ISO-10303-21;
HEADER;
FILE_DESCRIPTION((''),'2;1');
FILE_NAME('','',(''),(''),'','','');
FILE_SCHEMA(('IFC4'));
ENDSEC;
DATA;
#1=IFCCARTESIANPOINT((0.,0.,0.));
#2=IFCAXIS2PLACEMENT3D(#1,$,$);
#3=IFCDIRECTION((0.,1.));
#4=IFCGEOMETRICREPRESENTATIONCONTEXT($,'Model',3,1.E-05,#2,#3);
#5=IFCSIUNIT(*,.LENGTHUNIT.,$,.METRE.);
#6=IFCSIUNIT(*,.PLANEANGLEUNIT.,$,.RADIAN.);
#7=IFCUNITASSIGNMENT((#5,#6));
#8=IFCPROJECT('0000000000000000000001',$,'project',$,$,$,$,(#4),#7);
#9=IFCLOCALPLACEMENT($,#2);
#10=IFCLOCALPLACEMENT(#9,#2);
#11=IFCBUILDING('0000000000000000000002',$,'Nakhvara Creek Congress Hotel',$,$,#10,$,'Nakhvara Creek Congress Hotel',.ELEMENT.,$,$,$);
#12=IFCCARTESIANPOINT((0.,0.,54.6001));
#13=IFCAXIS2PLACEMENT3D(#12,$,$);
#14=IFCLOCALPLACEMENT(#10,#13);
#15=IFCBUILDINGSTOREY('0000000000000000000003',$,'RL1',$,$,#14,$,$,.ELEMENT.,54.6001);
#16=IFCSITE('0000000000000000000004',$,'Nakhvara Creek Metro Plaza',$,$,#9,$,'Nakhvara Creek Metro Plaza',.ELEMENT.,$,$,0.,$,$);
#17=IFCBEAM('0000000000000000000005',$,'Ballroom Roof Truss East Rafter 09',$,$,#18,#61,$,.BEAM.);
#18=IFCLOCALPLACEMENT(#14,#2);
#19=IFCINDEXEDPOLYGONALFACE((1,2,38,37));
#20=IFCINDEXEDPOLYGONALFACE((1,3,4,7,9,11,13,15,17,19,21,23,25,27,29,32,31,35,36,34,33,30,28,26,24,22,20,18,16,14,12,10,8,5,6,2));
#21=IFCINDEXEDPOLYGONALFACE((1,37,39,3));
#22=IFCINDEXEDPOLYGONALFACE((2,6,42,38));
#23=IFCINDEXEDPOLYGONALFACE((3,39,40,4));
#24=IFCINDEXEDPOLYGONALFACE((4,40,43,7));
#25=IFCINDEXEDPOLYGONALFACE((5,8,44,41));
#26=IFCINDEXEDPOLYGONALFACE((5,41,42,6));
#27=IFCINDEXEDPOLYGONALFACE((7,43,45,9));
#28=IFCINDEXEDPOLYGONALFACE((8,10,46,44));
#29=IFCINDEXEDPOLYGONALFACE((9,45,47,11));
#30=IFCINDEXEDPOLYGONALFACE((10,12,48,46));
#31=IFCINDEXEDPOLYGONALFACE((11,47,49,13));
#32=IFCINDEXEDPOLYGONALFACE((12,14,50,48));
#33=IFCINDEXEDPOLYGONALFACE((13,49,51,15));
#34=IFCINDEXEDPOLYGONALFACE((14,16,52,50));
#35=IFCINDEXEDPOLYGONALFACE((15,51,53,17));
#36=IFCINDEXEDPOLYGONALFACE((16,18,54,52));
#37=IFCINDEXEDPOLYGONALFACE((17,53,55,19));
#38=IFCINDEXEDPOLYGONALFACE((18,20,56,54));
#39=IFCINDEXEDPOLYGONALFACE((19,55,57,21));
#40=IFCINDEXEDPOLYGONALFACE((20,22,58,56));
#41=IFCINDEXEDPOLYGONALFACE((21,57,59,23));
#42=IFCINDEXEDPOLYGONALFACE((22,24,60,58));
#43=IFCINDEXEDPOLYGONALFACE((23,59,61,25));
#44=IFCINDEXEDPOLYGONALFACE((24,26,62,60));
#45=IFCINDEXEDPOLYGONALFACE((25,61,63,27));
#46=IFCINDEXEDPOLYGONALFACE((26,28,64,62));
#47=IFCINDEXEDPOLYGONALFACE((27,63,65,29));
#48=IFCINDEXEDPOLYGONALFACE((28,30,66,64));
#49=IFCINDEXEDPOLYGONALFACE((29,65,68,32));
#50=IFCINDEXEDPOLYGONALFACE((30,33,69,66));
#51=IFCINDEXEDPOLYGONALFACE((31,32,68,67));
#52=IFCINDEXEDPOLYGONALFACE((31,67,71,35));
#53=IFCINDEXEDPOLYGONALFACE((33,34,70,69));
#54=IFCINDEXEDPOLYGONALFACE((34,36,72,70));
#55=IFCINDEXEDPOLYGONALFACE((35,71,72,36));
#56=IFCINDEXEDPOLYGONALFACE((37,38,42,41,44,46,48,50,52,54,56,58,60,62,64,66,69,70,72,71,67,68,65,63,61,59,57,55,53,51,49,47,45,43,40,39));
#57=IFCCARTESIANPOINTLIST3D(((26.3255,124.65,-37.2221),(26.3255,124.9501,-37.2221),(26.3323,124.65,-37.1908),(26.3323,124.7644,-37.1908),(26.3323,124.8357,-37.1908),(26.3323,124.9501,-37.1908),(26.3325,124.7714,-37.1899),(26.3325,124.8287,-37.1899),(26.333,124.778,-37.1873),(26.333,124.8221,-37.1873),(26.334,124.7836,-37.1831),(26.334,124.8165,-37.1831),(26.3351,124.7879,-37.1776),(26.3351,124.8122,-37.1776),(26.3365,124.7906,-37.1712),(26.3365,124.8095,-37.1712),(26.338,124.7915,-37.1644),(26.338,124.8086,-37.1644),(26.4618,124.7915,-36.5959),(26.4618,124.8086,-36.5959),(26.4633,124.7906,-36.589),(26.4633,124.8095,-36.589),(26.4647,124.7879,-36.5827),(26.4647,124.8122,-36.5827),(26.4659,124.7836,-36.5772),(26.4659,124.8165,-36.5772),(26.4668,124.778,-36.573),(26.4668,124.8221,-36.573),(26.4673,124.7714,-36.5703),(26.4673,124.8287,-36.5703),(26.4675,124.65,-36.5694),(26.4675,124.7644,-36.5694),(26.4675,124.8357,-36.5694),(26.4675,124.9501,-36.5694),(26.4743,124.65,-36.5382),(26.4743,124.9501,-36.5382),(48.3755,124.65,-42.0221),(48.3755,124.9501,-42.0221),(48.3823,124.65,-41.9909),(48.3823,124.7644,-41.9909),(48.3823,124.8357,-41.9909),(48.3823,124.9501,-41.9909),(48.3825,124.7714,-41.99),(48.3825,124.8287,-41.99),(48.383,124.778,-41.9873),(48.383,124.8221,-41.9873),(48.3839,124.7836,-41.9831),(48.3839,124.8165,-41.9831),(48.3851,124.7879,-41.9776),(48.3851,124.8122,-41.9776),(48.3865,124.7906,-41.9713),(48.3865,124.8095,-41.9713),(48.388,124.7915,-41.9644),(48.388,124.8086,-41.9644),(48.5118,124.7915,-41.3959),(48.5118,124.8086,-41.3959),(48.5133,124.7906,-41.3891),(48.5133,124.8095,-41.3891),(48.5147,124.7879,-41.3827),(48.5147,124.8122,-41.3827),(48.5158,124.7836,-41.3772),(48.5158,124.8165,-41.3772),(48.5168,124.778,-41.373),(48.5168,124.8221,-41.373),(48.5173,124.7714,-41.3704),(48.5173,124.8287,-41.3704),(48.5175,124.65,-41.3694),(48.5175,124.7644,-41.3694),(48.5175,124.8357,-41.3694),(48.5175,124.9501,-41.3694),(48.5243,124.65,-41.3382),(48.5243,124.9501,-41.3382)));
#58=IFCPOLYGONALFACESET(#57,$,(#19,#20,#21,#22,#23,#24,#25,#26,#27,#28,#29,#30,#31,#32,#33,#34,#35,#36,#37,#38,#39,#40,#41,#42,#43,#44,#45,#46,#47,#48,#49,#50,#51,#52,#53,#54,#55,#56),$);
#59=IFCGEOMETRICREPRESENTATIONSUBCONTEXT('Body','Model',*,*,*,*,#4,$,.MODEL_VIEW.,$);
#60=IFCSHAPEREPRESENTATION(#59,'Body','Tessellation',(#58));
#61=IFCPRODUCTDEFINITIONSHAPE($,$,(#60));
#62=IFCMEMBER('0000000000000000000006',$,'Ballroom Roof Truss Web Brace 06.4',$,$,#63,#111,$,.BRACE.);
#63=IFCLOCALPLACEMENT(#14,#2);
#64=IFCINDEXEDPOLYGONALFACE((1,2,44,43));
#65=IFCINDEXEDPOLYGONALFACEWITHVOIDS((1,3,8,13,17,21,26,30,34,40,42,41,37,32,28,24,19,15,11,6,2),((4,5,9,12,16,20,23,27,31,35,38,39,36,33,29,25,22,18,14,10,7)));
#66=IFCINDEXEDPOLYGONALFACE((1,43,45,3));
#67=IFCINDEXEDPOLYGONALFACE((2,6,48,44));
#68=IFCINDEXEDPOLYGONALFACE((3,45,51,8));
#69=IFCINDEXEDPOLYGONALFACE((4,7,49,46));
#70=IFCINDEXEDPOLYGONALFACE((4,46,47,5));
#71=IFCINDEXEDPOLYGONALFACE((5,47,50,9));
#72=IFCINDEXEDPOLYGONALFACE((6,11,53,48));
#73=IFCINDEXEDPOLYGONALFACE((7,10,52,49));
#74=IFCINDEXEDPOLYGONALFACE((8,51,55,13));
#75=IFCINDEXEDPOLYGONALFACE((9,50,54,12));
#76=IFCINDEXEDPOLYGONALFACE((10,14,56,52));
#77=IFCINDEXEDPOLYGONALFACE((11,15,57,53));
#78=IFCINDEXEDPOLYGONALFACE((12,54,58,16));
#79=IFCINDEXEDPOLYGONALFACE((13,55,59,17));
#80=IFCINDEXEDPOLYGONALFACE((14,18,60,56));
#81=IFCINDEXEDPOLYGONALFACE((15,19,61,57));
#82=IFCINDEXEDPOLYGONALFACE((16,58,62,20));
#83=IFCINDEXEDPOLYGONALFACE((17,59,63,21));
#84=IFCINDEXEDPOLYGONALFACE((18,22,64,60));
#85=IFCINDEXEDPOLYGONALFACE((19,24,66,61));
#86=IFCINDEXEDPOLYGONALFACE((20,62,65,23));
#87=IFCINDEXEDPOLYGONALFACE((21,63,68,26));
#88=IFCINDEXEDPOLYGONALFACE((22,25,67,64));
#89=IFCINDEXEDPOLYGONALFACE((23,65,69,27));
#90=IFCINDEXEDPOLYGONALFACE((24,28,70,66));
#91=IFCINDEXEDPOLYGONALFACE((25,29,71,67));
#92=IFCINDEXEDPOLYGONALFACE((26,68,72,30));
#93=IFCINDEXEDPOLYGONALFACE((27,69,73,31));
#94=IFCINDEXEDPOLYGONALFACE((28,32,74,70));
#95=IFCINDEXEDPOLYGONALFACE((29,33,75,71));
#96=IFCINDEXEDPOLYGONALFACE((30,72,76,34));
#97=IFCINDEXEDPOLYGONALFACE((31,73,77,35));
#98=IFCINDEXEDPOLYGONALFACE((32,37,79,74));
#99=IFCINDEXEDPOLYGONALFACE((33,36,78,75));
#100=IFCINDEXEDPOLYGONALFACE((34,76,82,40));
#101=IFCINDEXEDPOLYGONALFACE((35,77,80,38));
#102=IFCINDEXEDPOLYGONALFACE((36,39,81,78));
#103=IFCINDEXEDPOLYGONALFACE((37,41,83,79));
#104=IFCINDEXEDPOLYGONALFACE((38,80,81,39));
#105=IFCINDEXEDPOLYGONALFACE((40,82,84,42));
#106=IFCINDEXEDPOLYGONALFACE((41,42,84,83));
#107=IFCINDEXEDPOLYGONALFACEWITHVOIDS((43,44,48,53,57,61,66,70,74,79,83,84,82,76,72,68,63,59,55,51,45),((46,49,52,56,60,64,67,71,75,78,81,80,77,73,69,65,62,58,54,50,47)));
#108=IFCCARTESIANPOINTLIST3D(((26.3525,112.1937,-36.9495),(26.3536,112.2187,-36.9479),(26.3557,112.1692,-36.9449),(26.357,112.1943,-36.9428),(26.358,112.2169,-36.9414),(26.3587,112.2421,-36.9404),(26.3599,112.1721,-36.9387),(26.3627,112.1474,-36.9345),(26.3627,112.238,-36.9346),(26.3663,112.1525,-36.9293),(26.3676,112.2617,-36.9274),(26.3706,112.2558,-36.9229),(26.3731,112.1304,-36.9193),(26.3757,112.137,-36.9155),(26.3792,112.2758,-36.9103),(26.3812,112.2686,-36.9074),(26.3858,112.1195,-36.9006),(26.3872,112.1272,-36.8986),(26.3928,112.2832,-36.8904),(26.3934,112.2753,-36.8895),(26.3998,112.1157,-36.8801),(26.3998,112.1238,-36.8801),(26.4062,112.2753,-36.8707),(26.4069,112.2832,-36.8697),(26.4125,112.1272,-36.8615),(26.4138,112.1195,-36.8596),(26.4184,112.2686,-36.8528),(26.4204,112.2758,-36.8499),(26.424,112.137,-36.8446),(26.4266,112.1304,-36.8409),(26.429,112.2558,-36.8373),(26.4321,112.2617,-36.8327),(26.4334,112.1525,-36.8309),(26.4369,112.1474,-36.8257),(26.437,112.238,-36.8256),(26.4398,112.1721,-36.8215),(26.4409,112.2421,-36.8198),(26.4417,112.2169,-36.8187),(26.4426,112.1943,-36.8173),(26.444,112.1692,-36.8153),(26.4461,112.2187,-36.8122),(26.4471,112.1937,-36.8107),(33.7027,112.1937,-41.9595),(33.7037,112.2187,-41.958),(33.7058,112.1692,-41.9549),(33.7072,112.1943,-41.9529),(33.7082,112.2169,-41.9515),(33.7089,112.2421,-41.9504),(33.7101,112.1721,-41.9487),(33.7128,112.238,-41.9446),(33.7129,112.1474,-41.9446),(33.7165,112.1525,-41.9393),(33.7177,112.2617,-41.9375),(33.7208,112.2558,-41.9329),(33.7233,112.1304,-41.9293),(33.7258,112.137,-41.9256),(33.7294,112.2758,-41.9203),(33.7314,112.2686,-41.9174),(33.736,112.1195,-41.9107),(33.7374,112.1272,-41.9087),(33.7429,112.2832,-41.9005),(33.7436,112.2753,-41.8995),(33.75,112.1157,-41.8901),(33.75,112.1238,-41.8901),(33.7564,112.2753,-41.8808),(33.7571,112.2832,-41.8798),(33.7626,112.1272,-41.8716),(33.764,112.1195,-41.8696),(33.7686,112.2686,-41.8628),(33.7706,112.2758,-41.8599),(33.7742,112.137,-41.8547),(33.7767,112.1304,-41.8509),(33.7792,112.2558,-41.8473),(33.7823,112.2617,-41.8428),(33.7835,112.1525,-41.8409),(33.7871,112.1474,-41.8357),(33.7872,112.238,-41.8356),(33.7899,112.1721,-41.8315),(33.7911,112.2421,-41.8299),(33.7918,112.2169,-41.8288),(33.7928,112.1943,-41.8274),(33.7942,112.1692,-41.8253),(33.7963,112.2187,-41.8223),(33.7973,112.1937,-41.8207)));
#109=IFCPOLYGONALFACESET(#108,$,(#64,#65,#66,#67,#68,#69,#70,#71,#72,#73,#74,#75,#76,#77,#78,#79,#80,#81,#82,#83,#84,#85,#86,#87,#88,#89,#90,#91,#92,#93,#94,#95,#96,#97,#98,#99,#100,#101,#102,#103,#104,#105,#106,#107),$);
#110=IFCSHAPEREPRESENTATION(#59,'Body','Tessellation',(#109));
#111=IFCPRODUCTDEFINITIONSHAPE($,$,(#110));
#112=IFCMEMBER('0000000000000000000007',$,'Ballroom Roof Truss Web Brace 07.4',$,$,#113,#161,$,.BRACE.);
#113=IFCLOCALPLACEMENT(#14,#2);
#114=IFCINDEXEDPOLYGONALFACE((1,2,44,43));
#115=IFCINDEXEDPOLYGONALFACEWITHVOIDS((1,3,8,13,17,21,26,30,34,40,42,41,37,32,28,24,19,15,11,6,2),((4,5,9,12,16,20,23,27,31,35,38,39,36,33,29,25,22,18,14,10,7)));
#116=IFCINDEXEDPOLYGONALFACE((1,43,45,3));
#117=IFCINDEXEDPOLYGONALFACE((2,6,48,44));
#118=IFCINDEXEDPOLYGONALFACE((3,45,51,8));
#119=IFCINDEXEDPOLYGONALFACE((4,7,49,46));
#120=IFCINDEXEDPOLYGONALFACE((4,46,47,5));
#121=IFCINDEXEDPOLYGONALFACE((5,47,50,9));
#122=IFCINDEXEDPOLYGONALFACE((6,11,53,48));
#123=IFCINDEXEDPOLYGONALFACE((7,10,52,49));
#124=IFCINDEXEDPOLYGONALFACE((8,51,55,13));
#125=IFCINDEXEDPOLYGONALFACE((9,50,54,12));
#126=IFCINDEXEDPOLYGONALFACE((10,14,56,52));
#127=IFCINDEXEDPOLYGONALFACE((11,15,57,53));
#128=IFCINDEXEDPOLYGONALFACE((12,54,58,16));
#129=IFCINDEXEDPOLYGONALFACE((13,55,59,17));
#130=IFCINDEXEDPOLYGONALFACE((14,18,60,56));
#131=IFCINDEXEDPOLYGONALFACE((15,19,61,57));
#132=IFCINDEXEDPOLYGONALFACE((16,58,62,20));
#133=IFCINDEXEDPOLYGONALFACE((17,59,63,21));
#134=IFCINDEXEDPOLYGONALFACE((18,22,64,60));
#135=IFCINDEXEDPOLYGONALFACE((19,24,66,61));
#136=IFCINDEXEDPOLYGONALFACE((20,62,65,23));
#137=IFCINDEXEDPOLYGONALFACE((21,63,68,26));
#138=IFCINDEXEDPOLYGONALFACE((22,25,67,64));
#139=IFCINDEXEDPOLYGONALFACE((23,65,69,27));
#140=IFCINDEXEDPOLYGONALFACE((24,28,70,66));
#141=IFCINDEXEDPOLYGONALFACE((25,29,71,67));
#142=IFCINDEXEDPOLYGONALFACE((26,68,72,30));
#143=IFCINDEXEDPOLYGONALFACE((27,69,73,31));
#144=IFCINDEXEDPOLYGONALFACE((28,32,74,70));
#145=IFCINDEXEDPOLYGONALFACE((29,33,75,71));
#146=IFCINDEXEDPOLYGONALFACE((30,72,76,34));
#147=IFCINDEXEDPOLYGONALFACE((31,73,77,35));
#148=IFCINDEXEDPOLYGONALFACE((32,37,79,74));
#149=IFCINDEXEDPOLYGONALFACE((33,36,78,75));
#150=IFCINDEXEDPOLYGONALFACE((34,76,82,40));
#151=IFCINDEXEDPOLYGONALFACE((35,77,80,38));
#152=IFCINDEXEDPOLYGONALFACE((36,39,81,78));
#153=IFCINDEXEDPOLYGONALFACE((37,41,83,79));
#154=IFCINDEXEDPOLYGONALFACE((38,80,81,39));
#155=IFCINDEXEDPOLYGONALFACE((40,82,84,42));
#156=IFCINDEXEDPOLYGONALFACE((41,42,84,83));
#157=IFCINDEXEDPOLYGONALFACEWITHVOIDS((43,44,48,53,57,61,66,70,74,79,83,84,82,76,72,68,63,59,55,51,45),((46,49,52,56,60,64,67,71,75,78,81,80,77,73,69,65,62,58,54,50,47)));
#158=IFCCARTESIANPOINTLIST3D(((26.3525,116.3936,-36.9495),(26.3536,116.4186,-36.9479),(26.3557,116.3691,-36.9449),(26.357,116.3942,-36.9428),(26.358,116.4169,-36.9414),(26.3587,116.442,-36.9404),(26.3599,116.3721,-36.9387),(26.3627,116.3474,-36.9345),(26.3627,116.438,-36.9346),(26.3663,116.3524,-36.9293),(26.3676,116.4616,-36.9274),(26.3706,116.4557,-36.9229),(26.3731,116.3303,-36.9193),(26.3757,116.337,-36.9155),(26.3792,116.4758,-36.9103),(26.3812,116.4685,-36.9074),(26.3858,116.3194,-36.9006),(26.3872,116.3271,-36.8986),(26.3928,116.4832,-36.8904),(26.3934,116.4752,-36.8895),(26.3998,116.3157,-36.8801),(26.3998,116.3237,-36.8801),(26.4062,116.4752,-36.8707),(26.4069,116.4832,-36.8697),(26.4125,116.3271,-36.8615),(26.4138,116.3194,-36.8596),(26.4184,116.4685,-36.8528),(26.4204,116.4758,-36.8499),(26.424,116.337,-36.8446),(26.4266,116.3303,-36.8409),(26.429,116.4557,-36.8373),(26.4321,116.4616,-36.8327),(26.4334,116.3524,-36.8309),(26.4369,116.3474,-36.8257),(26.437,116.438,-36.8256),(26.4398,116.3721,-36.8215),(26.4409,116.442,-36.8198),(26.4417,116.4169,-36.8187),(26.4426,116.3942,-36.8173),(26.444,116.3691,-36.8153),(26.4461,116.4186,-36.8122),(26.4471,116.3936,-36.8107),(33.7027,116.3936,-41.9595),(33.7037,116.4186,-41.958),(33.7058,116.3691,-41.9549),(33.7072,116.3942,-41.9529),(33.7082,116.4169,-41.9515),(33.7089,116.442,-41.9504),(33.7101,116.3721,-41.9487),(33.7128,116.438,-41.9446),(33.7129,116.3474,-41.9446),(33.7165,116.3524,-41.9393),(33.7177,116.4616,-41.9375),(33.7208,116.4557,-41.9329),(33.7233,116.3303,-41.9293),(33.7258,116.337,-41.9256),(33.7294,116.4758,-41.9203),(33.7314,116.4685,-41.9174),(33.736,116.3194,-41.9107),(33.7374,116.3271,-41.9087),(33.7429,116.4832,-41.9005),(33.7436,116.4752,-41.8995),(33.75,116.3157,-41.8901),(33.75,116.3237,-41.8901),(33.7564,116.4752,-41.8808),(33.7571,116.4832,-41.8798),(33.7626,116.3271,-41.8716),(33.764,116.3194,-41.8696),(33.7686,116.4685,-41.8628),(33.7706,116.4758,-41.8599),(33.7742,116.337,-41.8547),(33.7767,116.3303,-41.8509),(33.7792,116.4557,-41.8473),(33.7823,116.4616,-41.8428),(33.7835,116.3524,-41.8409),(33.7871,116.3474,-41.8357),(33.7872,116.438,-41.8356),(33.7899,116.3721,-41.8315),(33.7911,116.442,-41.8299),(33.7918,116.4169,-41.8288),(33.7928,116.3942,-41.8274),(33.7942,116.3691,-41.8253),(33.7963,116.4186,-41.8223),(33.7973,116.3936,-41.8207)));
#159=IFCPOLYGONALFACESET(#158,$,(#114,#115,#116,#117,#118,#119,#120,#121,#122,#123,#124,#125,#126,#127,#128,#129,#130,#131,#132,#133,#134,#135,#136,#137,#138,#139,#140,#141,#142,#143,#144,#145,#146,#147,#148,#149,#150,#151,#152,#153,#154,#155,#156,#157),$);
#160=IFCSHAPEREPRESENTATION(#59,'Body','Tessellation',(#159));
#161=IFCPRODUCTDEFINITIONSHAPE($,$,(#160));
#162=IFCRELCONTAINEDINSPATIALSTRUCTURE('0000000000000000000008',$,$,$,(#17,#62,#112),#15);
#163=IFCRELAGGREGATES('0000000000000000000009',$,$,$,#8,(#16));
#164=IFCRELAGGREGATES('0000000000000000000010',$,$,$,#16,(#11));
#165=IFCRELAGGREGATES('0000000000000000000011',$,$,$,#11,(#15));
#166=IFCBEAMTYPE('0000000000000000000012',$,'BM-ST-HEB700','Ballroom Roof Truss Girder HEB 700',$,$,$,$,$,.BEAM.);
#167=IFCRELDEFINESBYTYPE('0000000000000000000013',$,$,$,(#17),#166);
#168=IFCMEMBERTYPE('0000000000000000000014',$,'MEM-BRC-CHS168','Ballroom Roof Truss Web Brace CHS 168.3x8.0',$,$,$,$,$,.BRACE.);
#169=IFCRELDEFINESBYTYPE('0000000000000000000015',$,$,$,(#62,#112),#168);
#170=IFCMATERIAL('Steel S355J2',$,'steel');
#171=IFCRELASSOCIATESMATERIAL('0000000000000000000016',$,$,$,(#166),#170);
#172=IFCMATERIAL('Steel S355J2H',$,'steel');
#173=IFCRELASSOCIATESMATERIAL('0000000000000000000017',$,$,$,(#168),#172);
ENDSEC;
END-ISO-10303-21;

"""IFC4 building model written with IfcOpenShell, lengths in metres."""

from ifc_helpers import new_model, si_unit, direction, frame, origin, origin_2d, place, context, subcontext, project, spatial, hollow_circle, i_section, extrude, material, material_profile, profile_set, type_object, element, save


model = new_model("IFC4")

# Units and contexts
model_context = context("Model", 3, precision=1e-05, world=origin(), true_north=direction((0.0, 1.0)))
body_context = subcontext(model_context, "Body", "Model", "MODEL_VIEW")
ifc_project = project(units=[si_unit("LENGTHUNIT", "METRE"), si_unit("PLANEANGLEUNIT", "RADIAN")], contexts=[model_context])

# Site, building, storey
site_placement = place(None, origin())
site = spatial("IfcSite", under=ifc_project, at=site_placement, Name="Nakhvara Creek Metro Plaza", LongName="Nakhvara Creek Metro Plaza", CompositionType="ELEMENT", RefElevation=0.0)
building_placement = place(site_placement, origin())
building = spatial("IfcBuilding", under=site, at=building_placement, Name="Nakhvara Creek Congress Hotel", LongName="Nakhvara Creek Congress Hotel", CompositionType="ELEMENT")
storey_placement = place(building_placement, frame((0.0, 0.0, 54.6001)))
storey = spatial("IfcBuildingStorey", under=building, at=storey_placement, Name="RL1", CompositionType="ELEMENT", Elevation=54.6001)

# Beam
ifc_material_1 = material(Name="Steel S355J2", Category="steel")
ifc_material_profile_1 = material_profile(ifc_material_1, i_section(OverallWidth=0.3, OverallDepth=0.7, WebThickness=0.0171, FlangeThickness=0.032, FilletRadius=0.0271, at=origin_2d()), Name="HEB 700", Category="LoadBearing")
ifc_profile_set_1 = profile_set([ifc_material_profile_1], Name="Steel S355J2")
beam_type = type_object("IfcBeamType", Name="BM-ST-HEB700", Description="Ballroom Roof Truss Girder HEB 700", PredefinedType="BEAM", material=ifc_profile_set_1)
beam_placement = place(storey_placement, frame((26.3999, 124.8, -36.8801), z_axis=(0.977116, 0.0, -0.212707), x_axis=(0.0, 1.0, 0.0)))
element("IfcBeam", 1, at=beam_placement, inside=storey, type_object=beam_type, Name="Ballroom Roof Truss East Rafter 09", PredefinedType="BEAM", context=body_context, shape_type="SweptSolid", body=[
    extrude(i_section(OverallWidth=0.3, OverallDepth=0.7, WebThickness=0.0171, FlangeThickness=0.032, FilletRadius=0.0271, at=origin_2d()), origin(), (0.0, 0.0, 1.0), 22.5664),
])

# Members
ifc_material_2 = material(Name="Steel S355J2H", Category="steel")
ifc_material_profile_2 = material_profile(ifc_material_2, hollow_circle(Radius=0.0842, WallThickness=0.0081, at=origin_2d()), Name="CHS 168.3x8.0", Category="LoadBearing")
ifc_profile_set_2 = profile_set([ifc_material_profile_2], Name="Steel S355J2H")
member_type_1 = type_object("IfcMemberType", Name="MEM-BRC-CHS168", Description="Ballroom Roof Truss Web Brace CHS 168.3x8.0", PredefinedType="BRACE", material=ifc_profile_set_2)
for number, where, z_axis, x_axis, name in (
    (2, (33.75, 112.2, -41.8901), (-0.826302, 0.0, 0.563228), (0.0, -1.0, 0.0), "Ballroom Roof Truss Web Brace 06.4"),
    (3, (33.75, 116.3999, -41.8901), (-0.826302, 0.0, 0.563228), (0.0, -1.0, 0.0), "Ballroom Roof Truss Web Brace 07.4"),
):
    element("IfcMember", number, at=place(storey_placement, frame(where, z_axis=z_axis, x_axis=x_axis)), inside=storey, type_object=member_type_1, Name=name, PredefinedType="BRACE", context=body_context, shape_type="SweptSolid", body=[
        extrude(hollow_circle(Radius=0.0842, WallThickness=0.0081, at=origin_2d()), origin(), (0.0, 0.0, 1.0), 8.8953),
    ])

save(model, "model.ifc")
